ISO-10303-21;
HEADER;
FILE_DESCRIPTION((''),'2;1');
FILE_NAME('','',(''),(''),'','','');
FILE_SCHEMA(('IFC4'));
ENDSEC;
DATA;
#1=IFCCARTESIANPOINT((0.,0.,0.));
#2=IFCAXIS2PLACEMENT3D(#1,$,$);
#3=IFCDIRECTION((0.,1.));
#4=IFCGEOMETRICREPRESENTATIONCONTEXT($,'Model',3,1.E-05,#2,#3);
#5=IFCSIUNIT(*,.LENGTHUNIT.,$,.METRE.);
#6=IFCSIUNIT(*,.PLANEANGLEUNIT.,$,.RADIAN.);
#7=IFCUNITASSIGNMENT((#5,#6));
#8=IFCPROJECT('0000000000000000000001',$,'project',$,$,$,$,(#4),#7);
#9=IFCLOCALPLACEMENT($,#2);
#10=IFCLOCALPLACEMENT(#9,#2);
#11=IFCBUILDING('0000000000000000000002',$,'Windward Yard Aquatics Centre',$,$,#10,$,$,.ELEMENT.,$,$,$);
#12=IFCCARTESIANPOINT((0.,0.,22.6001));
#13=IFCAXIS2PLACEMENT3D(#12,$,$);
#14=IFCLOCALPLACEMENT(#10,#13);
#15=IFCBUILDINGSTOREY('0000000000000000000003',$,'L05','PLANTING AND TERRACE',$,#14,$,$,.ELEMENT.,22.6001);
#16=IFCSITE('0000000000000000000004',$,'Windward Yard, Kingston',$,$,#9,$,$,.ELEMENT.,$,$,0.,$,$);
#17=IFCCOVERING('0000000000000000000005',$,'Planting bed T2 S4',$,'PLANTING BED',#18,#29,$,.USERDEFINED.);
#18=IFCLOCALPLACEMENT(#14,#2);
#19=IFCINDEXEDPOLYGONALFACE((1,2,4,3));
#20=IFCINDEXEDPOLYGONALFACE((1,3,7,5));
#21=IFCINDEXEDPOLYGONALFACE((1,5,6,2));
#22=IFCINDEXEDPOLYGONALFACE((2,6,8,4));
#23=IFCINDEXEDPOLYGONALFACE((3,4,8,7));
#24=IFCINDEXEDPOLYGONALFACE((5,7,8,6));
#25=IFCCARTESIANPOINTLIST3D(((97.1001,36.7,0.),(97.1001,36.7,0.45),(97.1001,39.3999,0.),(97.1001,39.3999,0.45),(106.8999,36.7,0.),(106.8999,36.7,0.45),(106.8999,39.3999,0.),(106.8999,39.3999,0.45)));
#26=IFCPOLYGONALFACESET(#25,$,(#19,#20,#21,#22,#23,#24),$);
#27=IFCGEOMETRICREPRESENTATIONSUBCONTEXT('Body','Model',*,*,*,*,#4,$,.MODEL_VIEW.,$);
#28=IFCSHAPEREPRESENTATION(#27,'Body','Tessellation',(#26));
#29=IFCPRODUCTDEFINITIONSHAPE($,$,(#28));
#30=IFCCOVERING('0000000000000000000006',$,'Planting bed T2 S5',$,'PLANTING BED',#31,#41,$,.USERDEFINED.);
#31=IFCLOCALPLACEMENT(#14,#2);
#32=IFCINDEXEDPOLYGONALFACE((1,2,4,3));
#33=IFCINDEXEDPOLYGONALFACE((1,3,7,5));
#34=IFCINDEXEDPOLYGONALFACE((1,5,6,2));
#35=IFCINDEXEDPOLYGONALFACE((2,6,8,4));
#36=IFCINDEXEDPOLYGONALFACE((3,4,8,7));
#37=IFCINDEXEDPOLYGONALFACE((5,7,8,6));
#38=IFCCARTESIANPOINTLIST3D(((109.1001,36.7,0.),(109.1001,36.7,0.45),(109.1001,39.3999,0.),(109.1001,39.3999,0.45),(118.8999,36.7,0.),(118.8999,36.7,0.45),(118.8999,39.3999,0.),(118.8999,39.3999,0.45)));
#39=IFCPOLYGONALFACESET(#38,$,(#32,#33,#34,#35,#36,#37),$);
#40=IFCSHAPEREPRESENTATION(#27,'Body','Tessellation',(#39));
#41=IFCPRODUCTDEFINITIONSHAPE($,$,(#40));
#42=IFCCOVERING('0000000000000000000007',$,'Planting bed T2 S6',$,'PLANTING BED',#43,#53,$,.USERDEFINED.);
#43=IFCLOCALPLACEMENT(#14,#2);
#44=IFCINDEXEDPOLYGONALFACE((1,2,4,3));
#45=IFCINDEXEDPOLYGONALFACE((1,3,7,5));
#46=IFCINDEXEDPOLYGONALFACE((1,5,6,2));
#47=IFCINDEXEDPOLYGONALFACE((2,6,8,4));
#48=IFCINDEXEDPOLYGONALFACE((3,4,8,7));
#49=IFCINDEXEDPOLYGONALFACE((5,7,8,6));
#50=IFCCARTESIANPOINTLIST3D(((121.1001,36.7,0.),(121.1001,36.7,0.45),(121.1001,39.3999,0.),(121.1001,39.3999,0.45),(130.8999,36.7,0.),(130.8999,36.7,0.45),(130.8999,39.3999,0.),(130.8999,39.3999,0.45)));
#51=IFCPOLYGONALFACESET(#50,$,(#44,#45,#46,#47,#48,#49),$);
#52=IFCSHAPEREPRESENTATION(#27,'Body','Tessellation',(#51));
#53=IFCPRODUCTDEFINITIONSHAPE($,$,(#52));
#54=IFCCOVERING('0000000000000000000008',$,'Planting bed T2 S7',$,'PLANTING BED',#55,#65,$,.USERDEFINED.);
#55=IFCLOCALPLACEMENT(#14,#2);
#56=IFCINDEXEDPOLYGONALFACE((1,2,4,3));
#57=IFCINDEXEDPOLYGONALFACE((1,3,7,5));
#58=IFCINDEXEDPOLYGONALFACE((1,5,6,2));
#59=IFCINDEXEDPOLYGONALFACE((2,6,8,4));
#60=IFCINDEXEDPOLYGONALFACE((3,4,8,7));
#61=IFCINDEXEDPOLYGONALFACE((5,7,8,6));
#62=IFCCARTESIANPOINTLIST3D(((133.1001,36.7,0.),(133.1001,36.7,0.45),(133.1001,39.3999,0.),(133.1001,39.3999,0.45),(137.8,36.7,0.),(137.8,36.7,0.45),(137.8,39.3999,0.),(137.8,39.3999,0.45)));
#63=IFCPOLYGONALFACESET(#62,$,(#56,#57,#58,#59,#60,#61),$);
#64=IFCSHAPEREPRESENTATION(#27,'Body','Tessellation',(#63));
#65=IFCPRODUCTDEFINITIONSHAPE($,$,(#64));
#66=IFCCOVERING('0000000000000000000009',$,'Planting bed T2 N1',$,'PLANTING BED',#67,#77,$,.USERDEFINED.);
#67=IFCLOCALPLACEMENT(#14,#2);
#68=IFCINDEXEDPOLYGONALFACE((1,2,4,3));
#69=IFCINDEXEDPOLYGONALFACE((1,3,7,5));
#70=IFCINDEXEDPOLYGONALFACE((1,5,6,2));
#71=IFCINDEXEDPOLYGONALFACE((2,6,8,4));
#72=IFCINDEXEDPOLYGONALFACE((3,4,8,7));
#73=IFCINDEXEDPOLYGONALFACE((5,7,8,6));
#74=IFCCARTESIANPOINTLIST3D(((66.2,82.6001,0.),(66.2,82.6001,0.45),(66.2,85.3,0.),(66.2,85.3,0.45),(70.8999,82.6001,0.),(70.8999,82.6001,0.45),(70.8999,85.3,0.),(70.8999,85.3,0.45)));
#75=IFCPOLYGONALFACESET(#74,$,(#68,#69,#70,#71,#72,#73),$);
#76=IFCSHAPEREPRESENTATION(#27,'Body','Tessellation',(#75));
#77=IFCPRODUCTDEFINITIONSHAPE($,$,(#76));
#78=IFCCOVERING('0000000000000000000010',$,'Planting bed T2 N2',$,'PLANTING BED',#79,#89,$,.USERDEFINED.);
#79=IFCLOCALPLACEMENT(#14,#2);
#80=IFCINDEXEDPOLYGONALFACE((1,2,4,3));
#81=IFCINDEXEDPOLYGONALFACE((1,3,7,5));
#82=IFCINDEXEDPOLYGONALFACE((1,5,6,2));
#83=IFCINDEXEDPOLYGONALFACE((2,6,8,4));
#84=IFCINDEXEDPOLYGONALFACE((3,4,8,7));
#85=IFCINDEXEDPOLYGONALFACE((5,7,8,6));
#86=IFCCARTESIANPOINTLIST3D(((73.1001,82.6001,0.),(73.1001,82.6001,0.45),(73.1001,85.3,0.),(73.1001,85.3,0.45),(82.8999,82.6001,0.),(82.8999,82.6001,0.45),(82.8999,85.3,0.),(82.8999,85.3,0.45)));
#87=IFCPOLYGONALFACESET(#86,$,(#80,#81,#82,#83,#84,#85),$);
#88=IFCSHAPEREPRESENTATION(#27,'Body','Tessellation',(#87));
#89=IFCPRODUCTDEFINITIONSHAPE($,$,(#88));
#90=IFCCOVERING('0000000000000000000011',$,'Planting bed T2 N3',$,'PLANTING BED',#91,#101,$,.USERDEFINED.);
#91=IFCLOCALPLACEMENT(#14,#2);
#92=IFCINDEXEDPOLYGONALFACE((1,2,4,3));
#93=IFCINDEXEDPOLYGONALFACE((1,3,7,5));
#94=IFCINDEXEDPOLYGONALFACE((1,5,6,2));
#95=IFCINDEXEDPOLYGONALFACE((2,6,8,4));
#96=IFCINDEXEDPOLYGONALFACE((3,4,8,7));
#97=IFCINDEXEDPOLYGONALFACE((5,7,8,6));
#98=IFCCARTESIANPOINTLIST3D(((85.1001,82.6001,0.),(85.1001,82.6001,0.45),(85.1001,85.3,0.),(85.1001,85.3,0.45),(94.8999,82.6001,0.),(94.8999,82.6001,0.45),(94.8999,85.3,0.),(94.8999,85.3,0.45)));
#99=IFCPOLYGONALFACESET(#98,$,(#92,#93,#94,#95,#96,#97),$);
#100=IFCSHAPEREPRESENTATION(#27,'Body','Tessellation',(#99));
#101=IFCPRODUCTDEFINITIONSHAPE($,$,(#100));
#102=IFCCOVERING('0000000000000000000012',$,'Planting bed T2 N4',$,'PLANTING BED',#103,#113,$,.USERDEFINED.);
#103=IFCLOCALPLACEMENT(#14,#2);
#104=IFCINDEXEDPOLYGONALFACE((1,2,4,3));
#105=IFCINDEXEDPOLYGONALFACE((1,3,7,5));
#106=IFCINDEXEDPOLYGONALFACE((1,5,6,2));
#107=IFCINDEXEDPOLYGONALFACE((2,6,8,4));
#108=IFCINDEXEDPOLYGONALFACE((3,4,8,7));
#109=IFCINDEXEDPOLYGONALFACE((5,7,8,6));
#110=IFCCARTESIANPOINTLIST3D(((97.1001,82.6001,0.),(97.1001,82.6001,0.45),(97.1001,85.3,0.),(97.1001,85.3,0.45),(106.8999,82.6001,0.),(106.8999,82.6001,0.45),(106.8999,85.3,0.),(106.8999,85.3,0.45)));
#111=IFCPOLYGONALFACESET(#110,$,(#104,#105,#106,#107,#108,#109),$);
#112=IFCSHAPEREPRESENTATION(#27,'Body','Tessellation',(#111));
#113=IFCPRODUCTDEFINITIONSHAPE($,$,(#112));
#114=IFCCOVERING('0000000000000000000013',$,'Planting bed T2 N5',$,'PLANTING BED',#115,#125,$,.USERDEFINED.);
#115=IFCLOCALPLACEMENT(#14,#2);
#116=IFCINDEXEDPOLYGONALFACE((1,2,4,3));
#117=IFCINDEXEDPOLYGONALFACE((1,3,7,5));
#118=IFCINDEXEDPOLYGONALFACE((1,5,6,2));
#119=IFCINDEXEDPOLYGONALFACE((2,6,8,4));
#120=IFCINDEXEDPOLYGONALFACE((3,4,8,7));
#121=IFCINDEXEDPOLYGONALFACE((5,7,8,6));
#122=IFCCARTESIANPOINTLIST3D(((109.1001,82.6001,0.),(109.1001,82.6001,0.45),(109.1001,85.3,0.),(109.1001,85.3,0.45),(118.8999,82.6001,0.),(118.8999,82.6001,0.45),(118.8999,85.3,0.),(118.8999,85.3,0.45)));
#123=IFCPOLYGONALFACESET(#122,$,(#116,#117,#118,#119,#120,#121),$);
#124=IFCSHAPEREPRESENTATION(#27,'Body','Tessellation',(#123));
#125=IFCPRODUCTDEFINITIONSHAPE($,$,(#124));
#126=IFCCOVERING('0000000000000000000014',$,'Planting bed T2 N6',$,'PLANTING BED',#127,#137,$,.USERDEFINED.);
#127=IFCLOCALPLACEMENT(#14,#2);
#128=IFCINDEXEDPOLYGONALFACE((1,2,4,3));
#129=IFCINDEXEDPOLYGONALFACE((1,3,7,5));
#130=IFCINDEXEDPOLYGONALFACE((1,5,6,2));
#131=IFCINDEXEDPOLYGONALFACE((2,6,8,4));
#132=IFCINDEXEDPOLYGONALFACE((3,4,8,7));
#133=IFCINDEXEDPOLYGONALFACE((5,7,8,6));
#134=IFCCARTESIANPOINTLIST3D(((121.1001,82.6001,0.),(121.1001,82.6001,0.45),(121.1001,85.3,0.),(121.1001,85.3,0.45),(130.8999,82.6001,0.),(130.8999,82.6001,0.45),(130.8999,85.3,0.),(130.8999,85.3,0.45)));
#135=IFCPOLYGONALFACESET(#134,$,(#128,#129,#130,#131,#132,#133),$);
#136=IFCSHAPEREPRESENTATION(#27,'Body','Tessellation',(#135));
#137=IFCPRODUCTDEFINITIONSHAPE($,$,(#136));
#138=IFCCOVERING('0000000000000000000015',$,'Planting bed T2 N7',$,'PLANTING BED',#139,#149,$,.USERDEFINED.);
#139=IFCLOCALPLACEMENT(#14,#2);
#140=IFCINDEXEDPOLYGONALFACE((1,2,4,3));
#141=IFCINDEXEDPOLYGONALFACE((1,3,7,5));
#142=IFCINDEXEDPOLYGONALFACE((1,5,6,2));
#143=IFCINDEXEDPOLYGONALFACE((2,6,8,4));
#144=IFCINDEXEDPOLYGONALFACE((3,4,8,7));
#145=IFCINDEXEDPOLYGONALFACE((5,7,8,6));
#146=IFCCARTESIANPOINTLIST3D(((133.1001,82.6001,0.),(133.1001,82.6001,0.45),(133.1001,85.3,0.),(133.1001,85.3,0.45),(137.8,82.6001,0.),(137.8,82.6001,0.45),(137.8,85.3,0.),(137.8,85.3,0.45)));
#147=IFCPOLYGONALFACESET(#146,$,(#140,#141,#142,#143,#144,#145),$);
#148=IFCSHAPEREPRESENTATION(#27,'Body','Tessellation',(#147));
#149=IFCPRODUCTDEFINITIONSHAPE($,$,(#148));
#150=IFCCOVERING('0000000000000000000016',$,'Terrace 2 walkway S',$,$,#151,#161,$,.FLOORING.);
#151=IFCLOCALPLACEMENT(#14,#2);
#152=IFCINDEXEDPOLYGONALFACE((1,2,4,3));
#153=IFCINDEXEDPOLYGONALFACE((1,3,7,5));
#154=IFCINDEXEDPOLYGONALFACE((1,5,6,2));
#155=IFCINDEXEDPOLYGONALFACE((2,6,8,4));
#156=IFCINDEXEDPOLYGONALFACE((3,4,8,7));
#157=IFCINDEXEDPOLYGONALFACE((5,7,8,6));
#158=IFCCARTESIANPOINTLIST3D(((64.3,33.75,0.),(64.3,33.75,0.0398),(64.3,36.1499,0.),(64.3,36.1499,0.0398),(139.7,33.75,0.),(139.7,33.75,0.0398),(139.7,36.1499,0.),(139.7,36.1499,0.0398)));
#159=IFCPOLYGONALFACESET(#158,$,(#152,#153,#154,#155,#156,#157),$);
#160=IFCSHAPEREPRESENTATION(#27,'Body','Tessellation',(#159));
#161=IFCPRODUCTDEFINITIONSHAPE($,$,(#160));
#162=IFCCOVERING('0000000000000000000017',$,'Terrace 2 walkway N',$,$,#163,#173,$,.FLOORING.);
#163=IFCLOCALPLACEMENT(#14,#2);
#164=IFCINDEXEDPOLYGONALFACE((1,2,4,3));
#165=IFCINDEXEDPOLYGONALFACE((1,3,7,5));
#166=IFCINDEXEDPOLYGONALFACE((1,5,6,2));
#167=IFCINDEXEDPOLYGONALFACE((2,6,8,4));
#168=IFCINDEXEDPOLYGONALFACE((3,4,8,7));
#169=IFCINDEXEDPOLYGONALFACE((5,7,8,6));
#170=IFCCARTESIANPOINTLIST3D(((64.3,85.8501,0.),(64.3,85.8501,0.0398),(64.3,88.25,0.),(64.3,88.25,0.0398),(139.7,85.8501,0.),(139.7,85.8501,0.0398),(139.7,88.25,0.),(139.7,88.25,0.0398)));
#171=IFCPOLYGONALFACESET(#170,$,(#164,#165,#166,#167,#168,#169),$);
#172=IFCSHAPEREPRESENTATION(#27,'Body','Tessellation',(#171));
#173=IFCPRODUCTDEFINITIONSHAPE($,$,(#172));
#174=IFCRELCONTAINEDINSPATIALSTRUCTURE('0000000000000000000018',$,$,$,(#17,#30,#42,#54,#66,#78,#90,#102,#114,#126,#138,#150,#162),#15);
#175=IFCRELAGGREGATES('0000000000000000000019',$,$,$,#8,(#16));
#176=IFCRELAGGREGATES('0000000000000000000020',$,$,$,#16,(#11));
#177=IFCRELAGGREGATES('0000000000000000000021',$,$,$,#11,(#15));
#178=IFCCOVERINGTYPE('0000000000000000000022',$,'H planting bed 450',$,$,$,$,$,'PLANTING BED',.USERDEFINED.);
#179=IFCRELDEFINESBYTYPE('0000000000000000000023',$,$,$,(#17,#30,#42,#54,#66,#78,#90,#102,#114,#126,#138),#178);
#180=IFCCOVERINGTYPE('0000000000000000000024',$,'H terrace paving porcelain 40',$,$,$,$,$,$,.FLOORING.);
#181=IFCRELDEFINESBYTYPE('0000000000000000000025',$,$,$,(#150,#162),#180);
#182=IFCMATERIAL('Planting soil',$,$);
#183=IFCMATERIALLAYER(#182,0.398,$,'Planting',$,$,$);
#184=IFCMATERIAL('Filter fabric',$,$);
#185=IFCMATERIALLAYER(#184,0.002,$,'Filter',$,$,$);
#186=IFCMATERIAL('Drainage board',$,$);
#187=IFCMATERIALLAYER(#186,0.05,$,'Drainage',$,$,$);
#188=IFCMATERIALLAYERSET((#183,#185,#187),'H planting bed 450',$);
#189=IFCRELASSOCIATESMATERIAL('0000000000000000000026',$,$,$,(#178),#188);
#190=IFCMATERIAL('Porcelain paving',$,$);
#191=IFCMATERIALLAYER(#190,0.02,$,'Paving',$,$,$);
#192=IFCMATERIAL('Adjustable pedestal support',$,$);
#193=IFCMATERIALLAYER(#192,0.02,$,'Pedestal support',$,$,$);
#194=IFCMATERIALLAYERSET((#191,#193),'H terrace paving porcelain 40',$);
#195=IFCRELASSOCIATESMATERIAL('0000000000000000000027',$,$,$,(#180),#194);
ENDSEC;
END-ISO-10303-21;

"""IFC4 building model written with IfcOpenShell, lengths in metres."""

from ifc_helpers import new_model, si_unit, direction, frame, origin, place, context, subcontext, project, spatial, polyline, outline, extrude, material, layer, layer_set, type_object, element, save


model = new_model("IFC4")

# Units and contexts
model_context = context("Model", 3, precision=1e-05, world=origin(), true_north=direction((0.0, 1.0)))
body_context = subcontext(model_context, "Body", "Model", "MODEL_VIEW")
ifc_project = project(units=[si_unit("LENGTHUNIT", "METRE"), si_unit("PLANEANGLEUNIT", "RADIAN")], contexts=[model_context])

# Site, building, storey
site_placement = place(None, origin())
site = spatial("IfcSite", under=ifc_project, at=site_placement, Name="Windward Yard, Kingston", CompositionType="ELEMENT", RefElevation=0.0)
building_placement = place(site_placement, origin())
building = spatial("IfcBuilding", under=site, at=building_placement, Name="Windward Yard Aquatics Centre", CompositionType="ELEMENT")
storey_placement = place(building_placement, frame((0.0, 0.0, 22.6001)))
storey = spatial("IfcBuildingStorey", under=building, at=storey_placement, Name="L05", Description="PLANTING AND TERRACE", CompositionType="ELEMENT", Elevation=22.6001)

# Coverings
ifc_material_1 = material(Name="Planting soil")
ifc_layer_1 = layer(ifc_material_1, 0.398, Name="Planting")
ifc_material_2 = material(Name="Filter fabric")
ifc_layer_2 = layer(ifc_material_2, 0.002, Name="Filter")
ifc_material_3 = material(Name="Drainage board")
ifc_layer_3 = layer(ifc_material_3, 0.05, Name="Drainage")
ifc_layer_set_1 = layer_set([ifc_layer_1, ifc_layer_2, ifc_layer_3], Name="H planting bed 450")
covering_type_1 = type_object("IfcCoveringType", Name="H planting bed 450", ElementType="PLANTING BED", PredefinedType="USERDEFINED", material=ifc_layer_set_1)
covering_1_placement = place(storey_placement, origin())
element("IfcCovering", 1, at=covering_1_placement, inside=storey, type_object=covering_type_1, Name="Planting bed T2 S4", ObjectType="PLANTING BED", PredefinedType="USERDEFINED", context=body_context, shape_type="SweptSolid", body=[
    extrude(outline(polyline([(97.1001, 36.7), (106.8999, 36.7), (106.8999, 39.3999), (97.1001, 39.3999), (97.1001, 36.7)])), origin(), (0.0, 0.0, 1.0), 0.45),
])
covering_2_placement = place(storey_placement, origin())
element("IfcCovering", 2, at=covering_2_placement, inside=storey, type_object=covering_type_1, Name="Planting bed T2 S5", ObjectType="PLANTING BED", PredefinedType="USERDEFINED", context=body_context, shape_type="SweptSolid", body=[
    extrude(outline(polyline([(109.1001, 36.7), (118.8999, 36.7), (118.8999, 39.3999), (109.1001, 39.3999), (109.1001, 36.7)])), origin(), (0.0, 0.0, 1.0), 0.45),
])
covering_3_placement = place(storey_placement, origin())
element("IfcCovering", 3, at=covering_3_placement, inside=storey, type_object=covering_type_1, Name="Planting bed T2 S6", ObjectType="PLANTING BED", PredefinedType="USERDEFINED", context=body_context, shape_type="SweptSolid", body=[
    extrude(outline(polyline([(121.1001, 36.7), (130.8999, 36.7), (130.8999, 39.3999), (121.1001, 39.3999), (121.1001, 36.7)])), origin(), (0.0, 0.0, 1.0), 0.45),
])
covering_4_placement = place(storey_placement, origin())
element("IfcCovering", 4, at=covering_4_placement, inside=storey, type_object=covering_type_1, Name="Planting bed T2 S7", ObjectType="PLANTING BED", PredefinedType="USERDEFINED", context=body_context, shape_type="SweptSolid", body=[
    extrude(outline(polyline([(133.1001, 36.7), (137.8, 36.7), (137.8, 39.3999), (133.1001, 39.3999), (133.1001, 36.7)])), origin(), (0.0, 0.0, 1.0), 0.45),
])
covering_5_placement = place(storey_placement, origin())
element("IfcCovering", 5, at=covering_5_placement, inside=storey, type_object=covering_type_1, Name="Planting bed T2 N1", ObjectType="PLANTING BED", PredefinedType="USERDEFINED", context=body_context, shape_type="SweptSolid", body=[
    extrude(outline(polyline([(66.2, 82.6001), (70.8999, 82.6001), (70.8999, 85.3), (66.2, 85.3), (66.2, 82.6001)])), origin(), (0.0, 0.0, 1.0), 0.45),
])
covering_6_placement = place(storey_placement, origin())
element("IfcCovering", 6, at=covering_6_placement, inside=storey, type_object=covering_type_1, Name="Planting bed T2 N2", ObjectType="PLANTING BED", PredefinedType="USERDEFINED", context=body_context, shape_type="SweptSolid", body=[
    extrude(outline(polyline([(73.1001, 82.6001), (82.8999, 82.6001), (82.8999, 85.3), (73.1001, 85.3), (73.1001, 82.6001)])), origin(), (0.0, 0.0, 1.0), 0.45),
])
covering_7_placement = place(storey_placement, origin())
element("IfcCovering", 7, at=covering_7_placement, inside=storey, type_object=covering_type_1, Name="Planting bed T2 N3", ObjectType="PLANTING BED", PredefinedType="USERDEFINED", context=body_context, shape_type="SweptSolid", body=[
    extrude(outline(polyline([(85.1001, 82.6001), (94.8999, 82.6001), (94.8999, 85.3), (85.1001, 85.3), (85.1001, 82.6001)])), origin(), (0.0, 0.0, 1.0), 0.45),
])
covering_8_placement = place(storey_placement, origin())
element("IfcCovering", 8, at=covering_8_placement, inside=storey, type_object=covering_type_1, Name="Planting bed T2 N4", ObjectType="PLANTING BED", PredefinedType="USERDEFINED", context=body_context, shape_type="SweptSolid", body=[
    extrude(outline(polyline([(97.1001, 82.6001), (106.8999, 82.6001), (106.8999, 85.3), (97.1001, 85.3), (97.1001, 82.6001)])), origin(), (0.0, 0.0, 1.0), 0.45),
])
covering_9_placement = place(storey_placement, origin())
element("IfcCovering", 9, at=covering_9_placement, inside=storey, type_object=covering_type_1, Name="Planting bed T2 N5", ObjectType="PLANTING BED", PredefinedType="USERDEFINED", context=body_context, shape_type="SweptSolid", body=[
    extrude(outline(polyline([(109.1001, 82.6001), (118.8999, 82.6001), (118.8999, 85.3), (109.1001, 85.3), (109.1001, 82.6001)])), origin(), (0.0, 0.0, 1.0), 0.45),
])
covering_10_placement = place(storey_placement, origin())
element("IfcCovering", 10, at=covering_10_placement, inside=storey, type_object=covering_type_1, Name="Planting bed T2 N6", ObjectType="PLANTING BED", PredefinedType="USERDEFINED", context=body_context, shape_type="SweptSolid", body=[
    extrude(outline(polyline([(121.1001, 82.6001), (130.8999, 82.6001), (130.8999, 85.3), (121.1001, 85.3), (121.1001, 82.6001)])), origin(), (0.0, 0.0, 1.0), 0.45),
])
covering_11_placement = place(storey_placement, origin())
element("IfcCovering", 11, at=covering_11_placement, inside=storey, type_object=covering_type_1, Name="Planting bed T2 N7", ObjectType="PLANTING BED", PredefinedType="USERDEFINED", context=body_context, shape_type="SweptSolid", body=[
    extrude(outline(polyline([(133.1001, 82.6001), (137.8, 82.6001), (137.8, 85.3), (133.1001, 85.3), (133.1001, 82.6001)])), origin(), (0.0, 0.0, 1.0), 0.45),
])
ifc_material_4 = material(Name="Porcelain paving")
ifc_layer_4 = layer(ifc_material_4, 0.02, Name="Paving")
ifc_material_5 = material(Name="Adjustable pedestal support")
ifc_layer_5 = layer(ifc_material_5, 0.02, Name="Pedestal support")
ifc_layer_set_2 = layer_set([ifc_layer_4, ifc_layer_5], Name="H terrace paving porcelain 40")
covering_type_2 = type_object("IfcCoveringType", Name="H terrace paving porcelain 40", PredefinedType="FLOORING", material=ifc_layer_set_2)
covering_12_placement = place(storey_placement, origin())
element("IfcCovering", 12, at=covering_12_placement, inside=storey, type_object=covering_type_2, Name="Terrace 2 walkway S", PredefinedType="FLOORING", context=body_context, shape_type="SweptSolid", body=[
    extrude(outline(polyline([(64.3, 33.75), (139.7, 33.75), (139.7, 36.1499), (64.3, 36.1499), (64.3, 33.75)])), origin(), (0.0, 0.0, 1.0), 0.0398),
])
covering_13_placement = place(storey_placement, origin())
element("IfcCovering", 13, at=covering_13_placement, inside=storey, type_object=covering_type_2, Name="Terrace 2 walkway N", PredefinedType="FLOORING", context=body_context, shape_type="SweptSolid", body=[
    extrude(outline(polyline([(64.3, 85.8501), (139.7, 85.8501), (139.7, 88.25), (64.3, 88.25), (64.3, 85.8501)])), origin(), (0.0, 0.0, 1.0), 0.0398),
])

save(model, "model.ifc")
